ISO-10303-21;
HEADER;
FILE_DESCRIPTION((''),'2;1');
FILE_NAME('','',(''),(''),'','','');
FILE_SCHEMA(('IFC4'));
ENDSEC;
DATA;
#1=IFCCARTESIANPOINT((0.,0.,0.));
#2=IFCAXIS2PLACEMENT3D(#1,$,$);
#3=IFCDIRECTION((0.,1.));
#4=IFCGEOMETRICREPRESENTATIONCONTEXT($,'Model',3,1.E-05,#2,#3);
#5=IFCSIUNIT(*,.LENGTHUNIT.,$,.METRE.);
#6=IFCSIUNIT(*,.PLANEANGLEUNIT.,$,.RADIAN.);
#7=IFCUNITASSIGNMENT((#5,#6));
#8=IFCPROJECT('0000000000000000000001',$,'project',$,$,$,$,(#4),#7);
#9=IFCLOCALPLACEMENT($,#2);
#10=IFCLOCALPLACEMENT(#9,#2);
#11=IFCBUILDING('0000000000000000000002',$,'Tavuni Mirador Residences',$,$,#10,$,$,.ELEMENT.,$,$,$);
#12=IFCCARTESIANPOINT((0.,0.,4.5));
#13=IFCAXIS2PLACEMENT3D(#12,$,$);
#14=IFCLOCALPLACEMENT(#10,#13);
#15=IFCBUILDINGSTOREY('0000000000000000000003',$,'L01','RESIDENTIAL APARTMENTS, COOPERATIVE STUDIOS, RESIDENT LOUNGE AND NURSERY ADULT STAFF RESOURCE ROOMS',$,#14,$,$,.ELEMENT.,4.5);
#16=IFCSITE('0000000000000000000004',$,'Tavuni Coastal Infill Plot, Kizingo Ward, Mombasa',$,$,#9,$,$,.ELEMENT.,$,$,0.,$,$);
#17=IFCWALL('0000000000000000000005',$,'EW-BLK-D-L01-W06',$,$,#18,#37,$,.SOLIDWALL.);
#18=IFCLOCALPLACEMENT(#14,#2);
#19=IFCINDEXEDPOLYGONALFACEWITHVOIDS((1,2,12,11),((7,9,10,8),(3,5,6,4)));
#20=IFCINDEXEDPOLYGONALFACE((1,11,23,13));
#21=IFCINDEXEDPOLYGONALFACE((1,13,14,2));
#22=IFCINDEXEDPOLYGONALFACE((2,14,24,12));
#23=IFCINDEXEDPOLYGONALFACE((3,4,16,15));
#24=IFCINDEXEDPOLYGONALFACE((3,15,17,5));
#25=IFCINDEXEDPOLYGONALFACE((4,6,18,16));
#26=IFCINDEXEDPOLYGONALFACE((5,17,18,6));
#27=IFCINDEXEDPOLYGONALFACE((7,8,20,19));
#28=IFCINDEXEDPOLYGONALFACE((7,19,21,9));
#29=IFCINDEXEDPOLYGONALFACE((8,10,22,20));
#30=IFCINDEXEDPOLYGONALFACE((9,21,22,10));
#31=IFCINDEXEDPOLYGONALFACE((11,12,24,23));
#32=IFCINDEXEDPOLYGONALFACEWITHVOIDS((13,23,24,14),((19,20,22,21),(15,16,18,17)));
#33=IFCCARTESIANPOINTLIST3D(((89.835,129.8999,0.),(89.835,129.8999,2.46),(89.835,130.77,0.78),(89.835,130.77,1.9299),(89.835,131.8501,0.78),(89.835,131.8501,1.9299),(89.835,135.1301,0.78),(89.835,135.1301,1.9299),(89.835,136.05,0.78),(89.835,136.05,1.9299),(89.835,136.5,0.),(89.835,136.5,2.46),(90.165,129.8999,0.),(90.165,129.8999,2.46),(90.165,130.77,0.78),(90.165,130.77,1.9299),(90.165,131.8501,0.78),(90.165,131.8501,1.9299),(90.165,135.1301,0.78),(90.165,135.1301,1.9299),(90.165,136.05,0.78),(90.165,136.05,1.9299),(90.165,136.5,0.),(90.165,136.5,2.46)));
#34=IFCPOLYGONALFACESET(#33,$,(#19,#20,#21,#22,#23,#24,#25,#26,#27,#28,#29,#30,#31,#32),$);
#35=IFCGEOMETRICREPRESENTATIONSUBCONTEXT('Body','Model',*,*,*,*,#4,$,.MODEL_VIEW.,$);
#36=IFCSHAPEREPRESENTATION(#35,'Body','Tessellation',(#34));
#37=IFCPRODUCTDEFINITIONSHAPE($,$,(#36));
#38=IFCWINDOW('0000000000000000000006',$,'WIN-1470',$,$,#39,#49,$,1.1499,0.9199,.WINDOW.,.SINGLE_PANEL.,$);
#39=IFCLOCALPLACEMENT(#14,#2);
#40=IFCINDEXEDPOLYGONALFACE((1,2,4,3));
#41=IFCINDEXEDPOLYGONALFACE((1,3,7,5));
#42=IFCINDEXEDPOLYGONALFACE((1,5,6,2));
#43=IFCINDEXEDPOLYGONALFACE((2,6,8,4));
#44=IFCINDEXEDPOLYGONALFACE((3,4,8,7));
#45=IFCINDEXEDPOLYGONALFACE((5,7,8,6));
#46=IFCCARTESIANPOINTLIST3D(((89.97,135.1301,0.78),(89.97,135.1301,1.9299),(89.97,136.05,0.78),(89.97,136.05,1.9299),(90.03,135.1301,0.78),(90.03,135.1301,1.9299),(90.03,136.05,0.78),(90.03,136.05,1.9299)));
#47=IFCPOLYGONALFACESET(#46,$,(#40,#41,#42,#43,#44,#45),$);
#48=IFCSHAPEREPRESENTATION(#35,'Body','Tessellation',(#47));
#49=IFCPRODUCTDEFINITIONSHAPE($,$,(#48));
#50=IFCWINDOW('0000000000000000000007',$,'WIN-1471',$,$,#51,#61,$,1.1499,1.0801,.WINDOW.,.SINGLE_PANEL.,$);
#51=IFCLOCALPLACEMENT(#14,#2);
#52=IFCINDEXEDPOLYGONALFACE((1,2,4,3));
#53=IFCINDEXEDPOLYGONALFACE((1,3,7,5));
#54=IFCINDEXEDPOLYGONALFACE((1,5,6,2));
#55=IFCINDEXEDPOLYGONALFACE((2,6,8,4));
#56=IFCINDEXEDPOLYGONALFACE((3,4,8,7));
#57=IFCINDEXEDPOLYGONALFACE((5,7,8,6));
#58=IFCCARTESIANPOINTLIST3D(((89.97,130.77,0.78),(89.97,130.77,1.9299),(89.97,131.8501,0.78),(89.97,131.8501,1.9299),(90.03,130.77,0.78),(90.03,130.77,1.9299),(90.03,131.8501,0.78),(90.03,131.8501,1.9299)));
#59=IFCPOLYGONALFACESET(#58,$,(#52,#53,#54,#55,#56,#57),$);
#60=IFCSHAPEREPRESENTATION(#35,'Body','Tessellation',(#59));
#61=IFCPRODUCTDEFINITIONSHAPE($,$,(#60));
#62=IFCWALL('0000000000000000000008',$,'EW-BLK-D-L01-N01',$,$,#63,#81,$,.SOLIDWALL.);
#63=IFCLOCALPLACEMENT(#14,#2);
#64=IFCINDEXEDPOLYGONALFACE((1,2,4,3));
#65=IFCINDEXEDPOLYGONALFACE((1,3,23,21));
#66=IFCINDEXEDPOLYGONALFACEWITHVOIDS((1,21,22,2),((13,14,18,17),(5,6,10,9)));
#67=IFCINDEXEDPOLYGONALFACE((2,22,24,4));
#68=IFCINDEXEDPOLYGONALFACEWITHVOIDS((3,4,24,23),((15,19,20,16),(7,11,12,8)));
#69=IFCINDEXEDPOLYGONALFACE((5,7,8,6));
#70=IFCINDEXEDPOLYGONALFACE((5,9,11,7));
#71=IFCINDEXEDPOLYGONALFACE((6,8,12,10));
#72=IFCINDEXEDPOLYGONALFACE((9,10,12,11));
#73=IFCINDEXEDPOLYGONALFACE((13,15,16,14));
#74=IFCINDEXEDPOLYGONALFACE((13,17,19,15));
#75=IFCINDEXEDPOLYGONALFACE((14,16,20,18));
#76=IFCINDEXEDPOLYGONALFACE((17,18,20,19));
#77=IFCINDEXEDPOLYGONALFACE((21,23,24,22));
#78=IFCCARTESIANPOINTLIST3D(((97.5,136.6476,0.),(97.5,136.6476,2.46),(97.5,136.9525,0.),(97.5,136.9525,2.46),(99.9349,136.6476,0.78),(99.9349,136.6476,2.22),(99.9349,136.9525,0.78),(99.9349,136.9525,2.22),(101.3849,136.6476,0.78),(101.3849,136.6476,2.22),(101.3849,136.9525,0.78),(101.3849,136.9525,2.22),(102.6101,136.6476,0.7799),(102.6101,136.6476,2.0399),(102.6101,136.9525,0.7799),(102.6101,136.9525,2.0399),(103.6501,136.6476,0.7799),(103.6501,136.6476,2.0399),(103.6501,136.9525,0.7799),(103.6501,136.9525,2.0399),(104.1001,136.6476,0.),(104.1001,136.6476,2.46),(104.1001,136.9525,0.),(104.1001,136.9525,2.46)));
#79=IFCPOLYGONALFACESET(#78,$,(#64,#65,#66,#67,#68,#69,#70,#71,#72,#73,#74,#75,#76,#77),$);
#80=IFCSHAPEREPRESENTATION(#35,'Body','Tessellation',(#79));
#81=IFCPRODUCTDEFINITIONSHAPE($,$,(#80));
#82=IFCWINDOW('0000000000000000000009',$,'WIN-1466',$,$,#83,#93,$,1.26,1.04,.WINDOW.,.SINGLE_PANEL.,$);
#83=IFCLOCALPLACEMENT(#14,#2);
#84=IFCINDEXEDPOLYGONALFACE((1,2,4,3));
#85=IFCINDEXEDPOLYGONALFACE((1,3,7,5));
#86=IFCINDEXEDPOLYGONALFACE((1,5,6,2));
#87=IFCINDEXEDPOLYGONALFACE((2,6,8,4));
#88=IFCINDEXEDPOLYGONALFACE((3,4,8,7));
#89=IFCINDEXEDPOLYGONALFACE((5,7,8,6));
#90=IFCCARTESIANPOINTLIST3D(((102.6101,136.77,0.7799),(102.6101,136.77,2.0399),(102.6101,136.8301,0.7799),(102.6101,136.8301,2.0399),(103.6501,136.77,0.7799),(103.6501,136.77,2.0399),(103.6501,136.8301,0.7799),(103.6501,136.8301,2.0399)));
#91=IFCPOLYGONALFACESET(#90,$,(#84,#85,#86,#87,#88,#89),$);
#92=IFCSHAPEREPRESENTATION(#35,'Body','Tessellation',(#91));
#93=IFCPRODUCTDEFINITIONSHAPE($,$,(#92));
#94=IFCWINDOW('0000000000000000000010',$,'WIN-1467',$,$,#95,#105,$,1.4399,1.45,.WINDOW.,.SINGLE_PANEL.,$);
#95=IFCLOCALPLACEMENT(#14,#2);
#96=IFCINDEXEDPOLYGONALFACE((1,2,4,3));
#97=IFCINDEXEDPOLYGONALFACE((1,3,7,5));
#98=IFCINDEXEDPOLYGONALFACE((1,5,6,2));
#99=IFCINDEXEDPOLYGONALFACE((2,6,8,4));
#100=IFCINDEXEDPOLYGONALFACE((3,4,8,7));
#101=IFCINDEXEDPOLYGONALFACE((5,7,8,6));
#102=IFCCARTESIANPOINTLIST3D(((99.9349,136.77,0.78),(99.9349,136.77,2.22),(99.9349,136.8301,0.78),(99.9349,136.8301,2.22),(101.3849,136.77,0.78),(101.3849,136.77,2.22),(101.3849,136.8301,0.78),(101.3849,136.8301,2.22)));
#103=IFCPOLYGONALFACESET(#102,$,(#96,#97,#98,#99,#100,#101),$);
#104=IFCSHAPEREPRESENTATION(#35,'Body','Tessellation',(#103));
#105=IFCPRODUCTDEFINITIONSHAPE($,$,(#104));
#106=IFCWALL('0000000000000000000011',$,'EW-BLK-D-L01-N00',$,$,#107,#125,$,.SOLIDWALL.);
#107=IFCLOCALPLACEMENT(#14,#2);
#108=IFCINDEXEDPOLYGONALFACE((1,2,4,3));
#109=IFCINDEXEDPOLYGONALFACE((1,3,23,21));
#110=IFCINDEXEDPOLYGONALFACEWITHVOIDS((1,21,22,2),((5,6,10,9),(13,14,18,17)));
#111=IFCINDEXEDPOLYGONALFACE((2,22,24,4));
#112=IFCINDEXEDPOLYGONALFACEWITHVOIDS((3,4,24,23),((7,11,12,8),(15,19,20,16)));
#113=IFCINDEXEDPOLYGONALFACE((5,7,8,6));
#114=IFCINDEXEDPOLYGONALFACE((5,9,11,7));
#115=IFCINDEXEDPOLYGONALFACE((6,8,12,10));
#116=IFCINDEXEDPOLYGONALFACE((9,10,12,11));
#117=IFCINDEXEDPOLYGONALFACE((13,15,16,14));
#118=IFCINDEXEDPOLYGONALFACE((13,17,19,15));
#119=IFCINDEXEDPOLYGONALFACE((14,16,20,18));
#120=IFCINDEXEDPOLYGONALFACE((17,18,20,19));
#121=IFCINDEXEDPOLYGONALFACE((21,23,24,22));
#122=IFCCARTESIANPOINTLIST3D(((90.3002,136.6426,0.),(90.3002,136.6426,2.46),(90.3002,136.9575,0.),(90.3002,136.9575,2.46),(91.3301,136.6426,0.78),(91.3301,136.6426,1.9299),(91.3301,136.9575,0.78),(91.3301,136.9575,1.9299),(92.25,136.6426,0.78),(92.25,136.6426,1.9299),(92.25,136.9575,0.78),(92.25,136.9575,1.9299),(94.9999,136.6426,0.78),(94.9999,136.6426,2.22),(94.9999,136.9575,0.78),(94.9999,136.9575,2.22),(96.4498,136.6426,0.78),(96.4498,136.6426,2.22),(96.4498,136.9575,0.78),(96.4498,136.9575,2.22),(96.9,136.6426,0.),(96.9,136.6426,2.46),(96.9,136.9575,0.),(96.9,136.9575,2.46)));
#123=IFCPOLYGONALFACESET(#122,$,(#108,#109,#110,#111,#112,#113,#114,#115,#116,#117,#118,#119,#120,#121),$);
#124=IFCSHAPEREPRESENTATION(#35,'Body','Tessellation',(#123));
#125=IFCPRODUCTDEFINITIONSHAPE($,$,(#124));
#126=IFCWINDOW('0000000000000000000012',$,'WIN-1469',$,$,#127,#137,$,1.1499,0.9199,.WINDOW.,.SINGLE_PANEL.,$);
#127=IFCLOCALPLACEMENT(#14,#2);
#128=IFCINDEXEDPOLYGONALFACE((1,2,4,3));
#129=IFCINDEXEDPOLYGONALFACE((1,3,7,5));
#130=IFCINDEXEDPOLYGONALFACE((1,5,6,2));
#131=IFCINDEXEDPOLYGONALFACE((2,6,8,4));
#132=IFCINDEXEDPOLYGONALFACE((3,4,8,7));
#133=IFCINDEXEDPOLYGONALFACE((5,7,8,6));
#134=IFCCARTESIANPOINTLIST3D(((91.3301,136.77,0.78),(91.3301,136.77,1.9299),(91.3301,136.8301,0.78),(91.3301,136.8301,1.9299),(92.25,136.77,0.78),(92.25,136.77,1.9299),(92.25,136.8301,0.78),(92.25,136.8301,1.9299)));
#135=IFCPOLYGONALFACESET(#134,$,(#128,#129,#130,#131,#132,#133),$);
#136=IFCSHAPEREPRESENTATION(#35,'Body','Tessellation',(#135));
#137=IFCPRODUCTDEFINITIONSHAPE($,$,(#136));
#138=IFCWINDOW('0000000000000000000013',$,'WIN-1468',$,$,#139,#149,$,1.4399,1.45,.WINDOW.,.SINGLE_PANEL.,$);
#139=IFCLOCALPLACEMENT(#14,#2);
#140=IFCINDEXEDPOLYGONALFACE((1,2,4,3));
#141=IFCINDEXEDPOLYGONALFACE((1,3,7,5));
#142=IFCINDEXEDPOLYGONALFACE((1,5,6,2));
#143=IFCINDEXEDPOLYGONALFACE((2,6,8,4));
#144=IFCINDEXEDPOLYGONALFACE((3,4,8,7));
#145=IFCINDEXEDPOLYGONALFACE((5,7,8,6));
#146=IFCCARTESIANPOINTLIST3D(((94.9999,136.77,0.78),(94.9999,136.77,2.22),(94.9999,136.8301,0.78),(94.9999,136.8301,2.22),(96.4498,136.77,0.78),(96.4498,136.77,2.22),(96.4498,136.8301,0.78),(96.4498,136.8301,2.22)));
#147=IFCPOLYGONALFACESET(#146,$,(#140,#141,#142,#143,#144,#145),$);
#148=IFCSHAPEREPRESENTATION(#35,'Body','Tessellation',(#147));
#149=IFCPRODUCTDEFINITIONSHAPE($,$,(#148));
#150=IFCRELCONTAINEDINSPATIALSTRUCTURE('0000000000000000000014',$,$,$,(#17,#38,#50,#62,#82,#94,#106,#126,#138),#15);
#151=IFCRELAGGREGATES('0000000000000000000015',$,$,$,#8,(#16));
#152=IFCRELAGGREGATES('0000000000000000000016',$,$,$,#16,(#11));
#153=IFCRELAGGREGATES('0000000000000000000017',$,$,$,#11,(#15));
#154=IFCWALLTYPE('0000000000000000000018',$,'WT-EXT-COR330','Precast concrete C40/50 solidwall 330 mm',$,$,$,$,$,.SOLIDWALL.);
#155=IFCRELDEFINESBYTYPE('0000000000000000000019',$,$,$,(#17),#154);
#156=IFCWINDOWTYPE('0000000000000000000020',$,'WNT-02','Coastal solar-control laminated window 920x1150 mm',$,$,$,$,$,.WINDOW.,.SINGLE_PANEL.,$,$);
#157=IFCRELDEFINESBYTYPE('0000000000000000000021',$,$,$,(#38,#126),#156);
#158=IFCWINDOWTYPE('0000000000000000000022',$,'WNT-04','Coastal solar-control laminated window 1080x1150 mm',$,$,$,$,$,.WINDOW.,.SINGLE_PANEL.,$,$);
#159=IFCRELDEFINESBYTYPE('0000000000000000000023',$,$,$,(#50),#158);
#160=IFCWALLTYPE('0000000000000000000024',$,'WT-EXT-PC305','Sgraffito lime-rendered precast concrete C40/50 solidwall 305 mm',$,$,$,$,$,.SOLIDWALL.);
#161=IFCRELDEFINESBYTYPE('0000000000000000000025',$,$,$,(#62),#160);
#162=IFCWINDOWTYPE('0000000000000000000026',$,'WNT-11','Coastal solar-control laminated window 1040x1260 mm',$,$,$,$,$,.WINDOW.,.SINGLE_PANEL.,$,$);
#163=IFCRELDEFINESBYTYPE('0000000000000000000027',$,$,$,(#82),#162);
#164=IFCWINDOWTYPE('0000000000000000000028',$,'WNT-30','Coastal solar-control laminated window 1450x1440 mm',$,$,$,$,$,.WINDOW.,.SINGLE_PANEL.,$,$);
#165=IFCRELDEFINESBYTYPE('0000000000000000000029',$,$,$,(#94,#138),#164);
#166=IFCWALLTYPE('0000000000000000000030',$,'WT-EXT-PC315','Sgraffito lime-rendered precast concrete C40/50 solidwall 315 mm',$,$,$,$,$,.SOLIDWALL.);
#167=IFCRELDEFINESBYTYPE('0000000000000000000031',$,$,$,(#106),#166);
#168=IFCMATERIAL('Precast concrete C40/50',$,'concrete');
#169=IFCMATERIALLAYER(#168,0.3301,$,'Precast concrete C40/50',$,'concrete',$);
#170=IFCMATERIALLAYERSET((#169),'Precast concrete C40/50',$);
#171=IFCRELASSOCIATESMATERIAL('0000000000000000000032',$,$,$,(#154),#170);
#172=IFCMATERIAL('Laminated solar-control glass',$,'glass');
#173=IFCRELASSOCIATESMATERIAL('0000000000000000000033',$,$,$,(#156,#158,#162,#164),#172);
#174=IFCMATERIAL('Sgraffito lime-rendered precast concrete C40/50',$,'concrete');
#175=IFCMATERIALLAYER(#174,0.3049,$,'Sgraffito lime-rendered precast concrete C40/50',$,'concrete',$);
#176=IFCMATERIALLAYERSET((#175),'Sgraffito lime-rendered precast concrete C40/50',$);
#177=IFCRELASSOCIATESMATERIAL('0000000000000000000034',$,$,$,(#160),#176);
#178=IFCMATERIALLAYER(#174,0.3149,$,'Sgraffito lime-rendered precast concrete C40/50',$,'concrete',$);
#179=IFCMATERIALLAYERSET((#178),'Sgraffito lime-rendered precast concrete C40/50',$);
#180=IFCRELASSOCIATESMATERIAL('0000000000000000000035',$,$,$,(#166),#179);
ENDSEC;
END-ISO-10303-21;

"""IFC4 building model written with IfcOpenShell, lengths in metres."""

from ifc_helpers import new_model, si_unit, direction, frame, frame_2d, origin, place, context, subcontext, project, spatial, rectangle, extrude, material, layer, layer_set, type_object, element, fill, save


model = new_model("IFC4")

# Units and contexts
model_context = context("Model", 3, precision=1e-05, world=origin(), true_north=direction((0.0, 1.0)))
body_context = subcontext(model_context, "Body", "Model", "MODEL_VIEW")
ifc_project = project(units=[si_unit("LENGTHUNIT", "METRE"), si_unit("PLANEANGLEUNIT", "RADIAN")], contexts=[model_context])

# Site, building, storey
site_placement = place(None, origin())
site = spatial("IfcSite", under=ifc_project, at=site_placement, Name="Tavuni Coastal Infill Plot, Kizingo Ward, Mombasa", CompositionType="ELEMENT", RefElevation=0.0)
building_placement = place(site_placement, origin())
building = spatial("IfcBuilding", under=site, at=building_placement, Name="Tavuni Mirador Residences", CompositionType="ELEMENT")
storey_placement = place(building_placement, frame((0.0, 0.0, 4.5)))
storey = spatial("IfcBuildingStorey", under=building, at=storey_placement, Name="L01", Description="RESIDENTIAL APARTMENTS, COOPERATIVE STUDIOS, RESIDENT LOUNGE AND NURSERY ADULT STAFF RESOURCE ROOMS", CompositionType="ELEMENT", Elevation=4.5)

# Shared definitions
ifc_material_1 = material(Name="Precast concrete C40/50", Category="concrete")

# Walls, openings, windows
ifc_layer_1 = layer(ifc_material_1, 0.3301, Name="Precast concrete C40/50", Category="concrete")
ifc_layer_set_1 = layer_set([ifc_layer_1], Name="Precast concrete C40/50")
wall_type_1 = type_object("IfcWallType", Name="WT-EXT-COR330", Description="Precast concrete C40/50 solidwall 330 mm", PredefinedType="SOLIDWALL", material=ifc_layer_set_1)
wall_1_placement = place(storey_placement, frame((90.0, 136.5, 0.0), z_axis=(0.0, 0.0, 1.0), x_axis=(0.0, -1.0, 0.0)))
wall_1 = element("IfcWall", 1, at=wall_1_placement, inside=storey, type_object=wall_type_1, Name="EW-BLK-D-L01-W06", PredefinedType="SOLIDWALL", context=body_context, shape_type="SweptSolid", body=[
    extrude(rectangle(XDim=6.6001, YDim=0.3301, at=frame_2d((3.3, 0.0))), origin(), (0.0, 0.0, 1.0), 2.46),
])
opening_1_placement = place(wall_1_placement, frame((0.45, 0.0, 0.78)))
opening_1 = element("IfcOpeningElement", 2, at=opening_1_placement, cuts=wall_1, PredefinedType="OPENING", context=body_context, shape_type="SweptSolid", body=[
    extrude(rectangle(XDim=0.9199, YDim=1.1499, at=frame_2d((0.46, 0.575))), frame((0.0, 0.175, 0.0), z_axis=(0.0, -1.0, 0.0), x_axis=(1.0, 0.0, 0.0)), (0.0, 0.0, 1.0), 0.3501),
])
opening_2_placement = place(wall_1_placement, frame((4.6499, 0.0, 0.78)))
opening_2 = element("IfcOpeningElement", 3, at=opening_2_placement, cuts=wall_1, PredefinedType="OPENING", context=body_context, shape_type="SweptSolid", body=[
    extrude(rectangle(XDim=1.0801, YDim=1.1499, at=frame_2d((0.54, 0.575))), frame((0.0, 0.175, 0.0), z_axis=(0.0, -1.0, 0.0), x_axis=(1.0, 0.0, 0.0)), (0.0, 0.0, 1.0), 0.3501),
])
ifc_material_2 = material(Name="Laminated solar-control glass", Category="glass")
window_type_1 = type_object("IfcWindowType", Name="WNT-02", Description="Coastal solar-control laminated window 920x1150 mm", PartitioningType="SINGLE_PANEL", PredefinedType="WINDOW", material=ifc_material_2)
window_1_placement = place(opening_1_placement, origin())
window_1 = element("IfcWindow", 4, at=window_1_placement, inside=storey, type_object=window_type_1, Name="WIN-1470", OverallHeight=1.1499, OverallWidth=0.9199, PartitioningType="SINGLE_PANEL", PredefinedType="WINDOW", context=body_context, shape_type="SweptSolid", body=[
    extrude(rectangle(XDim=0.9199, YDim=1.1499, at=frame_2d((0.46, 0.575))), frame((0.0, 0.03, 0.0), z_axis=(0.0, -1.0, 0.0), x_axis=(1.0, 0.0, 0.0)), (0.0, 0.0, 1.0), 0.0601),
])
fill(opening_1, window_1)
window_type_2 = type_object("IfcWindowType", Name="WNT-04", Description="Coastal solar-control laminated window 1080x1150 mm", PartitioningType="SINGLE_PANEL", PredefinedType="WINDOW", material=ifc_material_2)
window_2_placement = place(opening_2_placement, origin())
window_2 = element("IfcWindow", 5, at=window_2_placement, inside=storey, type_object=window_type_2, Name="WIN-1471", OverallHeight=1.1499, OverallWidth=1.0801, PartitioningType="SINGLE_PANEL", PredefinedType="WINDOW", context=body_context, shape_type="SweptSolid", body=[
    extrude(rectangle(XDim=1.0801, YDim=1.1499, at=frame_2d((0.54, 0.575))), frame((0.0, 0.03, 0.0), z_axis=(0.0, -1.0, 0.0), x_axis=(1.0, 0.0, 0.0)), (0.0, 0.0, 1.0), 0.0601),
])
fill(opening_2, window_2)
ifc_material_3 = material(Name="Sgraffito lime-rendered precast concrete C40/50", Category="concrete")
ifc_layer_2 = layer(ifc_material_3, 0.3049, Name="Sgraffito lime-rendered precast concrete C40/50", Category="concrete")
ifc_layer_set_2 = layer_set([ifc_layer_2], Name="Sgraffito lime-rendered precast concrete C40/50")
wall_type_2 = type_object("IfcWallType", Name="WT-EXT-PC305", Description="Sgraffito lime-rendered precast concrete C40/50 solidwall 305 mm", PredefinedType="SOLIDWALL", material=ifc_layer_set_2)
wall_2_placement = place(storey_placement, frame((104.1001, 136.8, 0.0), z_axis=(0.0, 0.0, 1.0), x_axis=(-1.0, 0.0, 0.0)))
wall_2 = element("IfcWall", 6, at=wall_2_placement, inside=storey, type_object=wall_type_2, Name="EW-BLK-D-L01-N01", PredefinedType="SOLIDWALL", context=body_context, shape_type="SweptSolid", body=[
    extrude(rectangle(XDim=6.6001, YDim=0.3049, at=frame_2d((3.3, 0.0))), origin(), (0.0, 0.0, 1.0), 2.46),
])
opening_3_placement = place(wall_2_placement, frame((0.45, 0.0, 0.78)))
opening_3 = element("IfcOpeningElement", 7, at=opening_3_placement, cuts=wall_2, PredefinedType="OPENING", context=body_context, shape_type="SweptSolid", body=[
    extrude(rectangle(XDim=1.04, YDim=1.26, at=frame_2d((0.52, 0.6299))), frame((0.0, 0.1626, 0.0), z_axis=(0.0, -1.0, 0.0), x_axis=(1.0, 0.0, 0.0)), (0.0, 0.0, 1.0), 0.325),
])
opening_4_placement = place(wall_2_placement, frame((2.7151, 0.0, 0.78)))
opening_4 = element("IfcOpeningElement", 8, at=opening_4_placement, cuts=wall_2, PredefinedType="OPENING", context=body_context, shape_type="SweptSolid", body=[
    extrude(rectangle(XDim=1.45, YDim=1.4399, at=frame_2d((0.7251, 0.72))), frame((0.0, 0.1626, 0.0), z_axis=(0.0, -1.0, 0.0), x_axis=(1.0, 0.0, 0.0)), (0.0, 0.0, 1.0), 0.325),
])
window_type_3 = type_object("IfcWindowType", Name="WNT-11", Description="Coastal solar-control laminated window 1040x1260 mm", PartitioningType="SINGLE_PANEL", PredefinedType="WINDOW", material=ifc_material_2)
window_3_placement = place(opening_3_placement, origin())
window_3 = element("IfcWindow", 9, at=window_3_placement, inside=storey, type_object=window_type_3, Name="WIN-1466", OverallHeight=1.26, OverallWidth=1.04, PartitioningType="SINGLE_PANEL", PredefinedType="WINDOW", context=body_context, shape_type="SweptSolid", body=[
    extrude(rectangle(XDim=1.04, YDim=1.26, at=frame_2d((0.52, 0.6299))), frame((0.0, 0.03, 0.0), z_axis=(0.0, -1.0, 0.0), x_axis=(1.0, 0.0, 0.0)), (0.0, 0.0, 1.0), 0.0601),
])
fill(opening_3, window_3)
window_type_4 = type_object("IfcWindowType", Name="WNT-30", Description="Coastal solar-control laminated window 1450x1440 mm", PartitioningType="SINGLE_PANEL", PredefinedType="WINDOW", material=ifc_material_2)
window_4_placement = place(opening_4_placement, origin())
window_4 = element("IfcWindow", 10, at=window_4_placement, inside=storey, type_object=window_type_4, Name="WIN-1467", OverallHeight=1.4399, OverallWidth=1.45, PartitioningType="SINGLE_PANEL", PredefinedType="WINDOW", context=body_context, shape_type="SweptSolid", body=[
    extrude(rectangle(XDim=1.45, YDim=1.4399, at=frame_2d((0.7251, 0.72))), frame((0.0, 0.03, 0.0), z_axis=(0.0, -1.0, 0.0), x_axis=(1.0, 0.0, 0.0)), (0.0, 0.0, 1.0), 0.0601),
])
fill(opening_4, window_4)
ifc_layer_3 = layer(ifc_material_3, 0.3149, Name="Sgraffito lime-rendered precast concrete C40/50", Category="concrete")
ifc_layer_set_3 = layer_set([ifc_layer_3], Name="Sgraffito lime-rendered precast concrete C40/50")
wall_type_3 = type_object("IfcWallType", Name="WT-EXT-PC315", Description="Sgraffito lime-rendered precast concrete C40/50 solidwall 315 mm", PredefinedType="SOLIDWALL", material=ifc_layer_set_3)
wall_3_placement = place(storey_placement, frame((96.8999, 136.8, 0.0), z_axis=(0.0, 0.0, 1.0), x_axis=(-1.0, 0.0, 0.0)))
wall_3 = element("IfcWall", 11, at=wall_3_placement, inside=storey, type_object=wall_type_3, Name="EW-BLK-D-L01-N00", PredefinedType="SOLIDWALL", context=body_context, shape_type="SweptSolid", body=[
    extrude(rectangle(XDim=6.5999, YDim=0.3149, at=frame_2d((3.2998, 0.0))), origin(), (0.0, 0.0, 1.0), 2.46),
])
opening_5_placement = place(wall_3_placement, frame((0.45, 0.0, 0.78)))
opening_5 = element("IfcOpeningElement", 12, at=opening_5_placement, cuts=wall_3, PredefinedType="OPENING", context=body_context, shape_type="SweptSolid", body=[
    extrude(rectangle(XDim=1.45, YDim=1.4399, at=frame_2d((0.7251, 0.72))), frame((0.0, 0.1675, 0.0), z_axis=(0.0, -1.0, 0.0), x_axis=(1.0, 0.0, 0.0)), (0.0, 0.0, 1.0), 0.335),
])
opening_6_placement = place(wall_3_placement, frame((4.6499, 0.0, 0.78)))
opening_6 = element("IfcOpeningElement", 13, at=opening_6_placement, cuts=wall_3, PredefinedType="OPENING", context=body_context, shape_type="SweptSolid", body=[
    extrude(rectangle(XDim=0.9199, YDim=1.1499, at=frame_2d((0.46, 0.575))), frame((0.0, 0.1675, 0.0), z_axis=(0.0, -1.0, 0.0), x_axis=(1.0, 0.0, 0.0)), (0.0, 0.0, 1.0), 0.335),
])
window_5_placement = place(opening_6_placement, origin())
window_5 = element("IfcWindow", 14, at=window_5_placement, inside=storey, type_object=window_type_1, Name="WIN-1469", OverallHeight=1.1499, OverallWidth=0.9199, PartitioningType="SINGLE_PANEL", PredefinedType="WINDOW", context=body_context, shape_type="SweptSolid", body=[
    extrude(rectangle(XDim=0.9199, YDim=1.1499, at=frame_2d((0.46, 0.575))), frame((0.0, 0.03, 0.0), z_axis=(0.0, -1.0, 0.0), x_axis=(1.0, 0.0, 0.0)), (0.0, 0.0, 1.0), 0.0601),
])
fill(opening_6, window_5)
window_6_placement = place(opening_5_placement, origin())
window_6 = element("IfcWindow", 15, at=window_6_placement, inside=storey, type_object=window_type_4, Name="WIN-1468", OverallHeight=1.4399, OverallWidth=1.45, PartitioningType="SINGLE_PANEL", PredefinedType="WINDOW", context=body_context, shape_type="SweptSolid", body=[
    extrude(rectangle(XDim=1.45, YDim=1.4399, at=frame_2d((0.7251, 0.72))), frame((0.0, 0.03, 0.0), z_axis=(0.0, -1.0, 0.0), x_axis=(1.0, 0.0, 0.0)), (0.0, 0.0, 1.0), 0.0601),
])
fill(opening_5, window_6)

save(model, "model.ifc")
